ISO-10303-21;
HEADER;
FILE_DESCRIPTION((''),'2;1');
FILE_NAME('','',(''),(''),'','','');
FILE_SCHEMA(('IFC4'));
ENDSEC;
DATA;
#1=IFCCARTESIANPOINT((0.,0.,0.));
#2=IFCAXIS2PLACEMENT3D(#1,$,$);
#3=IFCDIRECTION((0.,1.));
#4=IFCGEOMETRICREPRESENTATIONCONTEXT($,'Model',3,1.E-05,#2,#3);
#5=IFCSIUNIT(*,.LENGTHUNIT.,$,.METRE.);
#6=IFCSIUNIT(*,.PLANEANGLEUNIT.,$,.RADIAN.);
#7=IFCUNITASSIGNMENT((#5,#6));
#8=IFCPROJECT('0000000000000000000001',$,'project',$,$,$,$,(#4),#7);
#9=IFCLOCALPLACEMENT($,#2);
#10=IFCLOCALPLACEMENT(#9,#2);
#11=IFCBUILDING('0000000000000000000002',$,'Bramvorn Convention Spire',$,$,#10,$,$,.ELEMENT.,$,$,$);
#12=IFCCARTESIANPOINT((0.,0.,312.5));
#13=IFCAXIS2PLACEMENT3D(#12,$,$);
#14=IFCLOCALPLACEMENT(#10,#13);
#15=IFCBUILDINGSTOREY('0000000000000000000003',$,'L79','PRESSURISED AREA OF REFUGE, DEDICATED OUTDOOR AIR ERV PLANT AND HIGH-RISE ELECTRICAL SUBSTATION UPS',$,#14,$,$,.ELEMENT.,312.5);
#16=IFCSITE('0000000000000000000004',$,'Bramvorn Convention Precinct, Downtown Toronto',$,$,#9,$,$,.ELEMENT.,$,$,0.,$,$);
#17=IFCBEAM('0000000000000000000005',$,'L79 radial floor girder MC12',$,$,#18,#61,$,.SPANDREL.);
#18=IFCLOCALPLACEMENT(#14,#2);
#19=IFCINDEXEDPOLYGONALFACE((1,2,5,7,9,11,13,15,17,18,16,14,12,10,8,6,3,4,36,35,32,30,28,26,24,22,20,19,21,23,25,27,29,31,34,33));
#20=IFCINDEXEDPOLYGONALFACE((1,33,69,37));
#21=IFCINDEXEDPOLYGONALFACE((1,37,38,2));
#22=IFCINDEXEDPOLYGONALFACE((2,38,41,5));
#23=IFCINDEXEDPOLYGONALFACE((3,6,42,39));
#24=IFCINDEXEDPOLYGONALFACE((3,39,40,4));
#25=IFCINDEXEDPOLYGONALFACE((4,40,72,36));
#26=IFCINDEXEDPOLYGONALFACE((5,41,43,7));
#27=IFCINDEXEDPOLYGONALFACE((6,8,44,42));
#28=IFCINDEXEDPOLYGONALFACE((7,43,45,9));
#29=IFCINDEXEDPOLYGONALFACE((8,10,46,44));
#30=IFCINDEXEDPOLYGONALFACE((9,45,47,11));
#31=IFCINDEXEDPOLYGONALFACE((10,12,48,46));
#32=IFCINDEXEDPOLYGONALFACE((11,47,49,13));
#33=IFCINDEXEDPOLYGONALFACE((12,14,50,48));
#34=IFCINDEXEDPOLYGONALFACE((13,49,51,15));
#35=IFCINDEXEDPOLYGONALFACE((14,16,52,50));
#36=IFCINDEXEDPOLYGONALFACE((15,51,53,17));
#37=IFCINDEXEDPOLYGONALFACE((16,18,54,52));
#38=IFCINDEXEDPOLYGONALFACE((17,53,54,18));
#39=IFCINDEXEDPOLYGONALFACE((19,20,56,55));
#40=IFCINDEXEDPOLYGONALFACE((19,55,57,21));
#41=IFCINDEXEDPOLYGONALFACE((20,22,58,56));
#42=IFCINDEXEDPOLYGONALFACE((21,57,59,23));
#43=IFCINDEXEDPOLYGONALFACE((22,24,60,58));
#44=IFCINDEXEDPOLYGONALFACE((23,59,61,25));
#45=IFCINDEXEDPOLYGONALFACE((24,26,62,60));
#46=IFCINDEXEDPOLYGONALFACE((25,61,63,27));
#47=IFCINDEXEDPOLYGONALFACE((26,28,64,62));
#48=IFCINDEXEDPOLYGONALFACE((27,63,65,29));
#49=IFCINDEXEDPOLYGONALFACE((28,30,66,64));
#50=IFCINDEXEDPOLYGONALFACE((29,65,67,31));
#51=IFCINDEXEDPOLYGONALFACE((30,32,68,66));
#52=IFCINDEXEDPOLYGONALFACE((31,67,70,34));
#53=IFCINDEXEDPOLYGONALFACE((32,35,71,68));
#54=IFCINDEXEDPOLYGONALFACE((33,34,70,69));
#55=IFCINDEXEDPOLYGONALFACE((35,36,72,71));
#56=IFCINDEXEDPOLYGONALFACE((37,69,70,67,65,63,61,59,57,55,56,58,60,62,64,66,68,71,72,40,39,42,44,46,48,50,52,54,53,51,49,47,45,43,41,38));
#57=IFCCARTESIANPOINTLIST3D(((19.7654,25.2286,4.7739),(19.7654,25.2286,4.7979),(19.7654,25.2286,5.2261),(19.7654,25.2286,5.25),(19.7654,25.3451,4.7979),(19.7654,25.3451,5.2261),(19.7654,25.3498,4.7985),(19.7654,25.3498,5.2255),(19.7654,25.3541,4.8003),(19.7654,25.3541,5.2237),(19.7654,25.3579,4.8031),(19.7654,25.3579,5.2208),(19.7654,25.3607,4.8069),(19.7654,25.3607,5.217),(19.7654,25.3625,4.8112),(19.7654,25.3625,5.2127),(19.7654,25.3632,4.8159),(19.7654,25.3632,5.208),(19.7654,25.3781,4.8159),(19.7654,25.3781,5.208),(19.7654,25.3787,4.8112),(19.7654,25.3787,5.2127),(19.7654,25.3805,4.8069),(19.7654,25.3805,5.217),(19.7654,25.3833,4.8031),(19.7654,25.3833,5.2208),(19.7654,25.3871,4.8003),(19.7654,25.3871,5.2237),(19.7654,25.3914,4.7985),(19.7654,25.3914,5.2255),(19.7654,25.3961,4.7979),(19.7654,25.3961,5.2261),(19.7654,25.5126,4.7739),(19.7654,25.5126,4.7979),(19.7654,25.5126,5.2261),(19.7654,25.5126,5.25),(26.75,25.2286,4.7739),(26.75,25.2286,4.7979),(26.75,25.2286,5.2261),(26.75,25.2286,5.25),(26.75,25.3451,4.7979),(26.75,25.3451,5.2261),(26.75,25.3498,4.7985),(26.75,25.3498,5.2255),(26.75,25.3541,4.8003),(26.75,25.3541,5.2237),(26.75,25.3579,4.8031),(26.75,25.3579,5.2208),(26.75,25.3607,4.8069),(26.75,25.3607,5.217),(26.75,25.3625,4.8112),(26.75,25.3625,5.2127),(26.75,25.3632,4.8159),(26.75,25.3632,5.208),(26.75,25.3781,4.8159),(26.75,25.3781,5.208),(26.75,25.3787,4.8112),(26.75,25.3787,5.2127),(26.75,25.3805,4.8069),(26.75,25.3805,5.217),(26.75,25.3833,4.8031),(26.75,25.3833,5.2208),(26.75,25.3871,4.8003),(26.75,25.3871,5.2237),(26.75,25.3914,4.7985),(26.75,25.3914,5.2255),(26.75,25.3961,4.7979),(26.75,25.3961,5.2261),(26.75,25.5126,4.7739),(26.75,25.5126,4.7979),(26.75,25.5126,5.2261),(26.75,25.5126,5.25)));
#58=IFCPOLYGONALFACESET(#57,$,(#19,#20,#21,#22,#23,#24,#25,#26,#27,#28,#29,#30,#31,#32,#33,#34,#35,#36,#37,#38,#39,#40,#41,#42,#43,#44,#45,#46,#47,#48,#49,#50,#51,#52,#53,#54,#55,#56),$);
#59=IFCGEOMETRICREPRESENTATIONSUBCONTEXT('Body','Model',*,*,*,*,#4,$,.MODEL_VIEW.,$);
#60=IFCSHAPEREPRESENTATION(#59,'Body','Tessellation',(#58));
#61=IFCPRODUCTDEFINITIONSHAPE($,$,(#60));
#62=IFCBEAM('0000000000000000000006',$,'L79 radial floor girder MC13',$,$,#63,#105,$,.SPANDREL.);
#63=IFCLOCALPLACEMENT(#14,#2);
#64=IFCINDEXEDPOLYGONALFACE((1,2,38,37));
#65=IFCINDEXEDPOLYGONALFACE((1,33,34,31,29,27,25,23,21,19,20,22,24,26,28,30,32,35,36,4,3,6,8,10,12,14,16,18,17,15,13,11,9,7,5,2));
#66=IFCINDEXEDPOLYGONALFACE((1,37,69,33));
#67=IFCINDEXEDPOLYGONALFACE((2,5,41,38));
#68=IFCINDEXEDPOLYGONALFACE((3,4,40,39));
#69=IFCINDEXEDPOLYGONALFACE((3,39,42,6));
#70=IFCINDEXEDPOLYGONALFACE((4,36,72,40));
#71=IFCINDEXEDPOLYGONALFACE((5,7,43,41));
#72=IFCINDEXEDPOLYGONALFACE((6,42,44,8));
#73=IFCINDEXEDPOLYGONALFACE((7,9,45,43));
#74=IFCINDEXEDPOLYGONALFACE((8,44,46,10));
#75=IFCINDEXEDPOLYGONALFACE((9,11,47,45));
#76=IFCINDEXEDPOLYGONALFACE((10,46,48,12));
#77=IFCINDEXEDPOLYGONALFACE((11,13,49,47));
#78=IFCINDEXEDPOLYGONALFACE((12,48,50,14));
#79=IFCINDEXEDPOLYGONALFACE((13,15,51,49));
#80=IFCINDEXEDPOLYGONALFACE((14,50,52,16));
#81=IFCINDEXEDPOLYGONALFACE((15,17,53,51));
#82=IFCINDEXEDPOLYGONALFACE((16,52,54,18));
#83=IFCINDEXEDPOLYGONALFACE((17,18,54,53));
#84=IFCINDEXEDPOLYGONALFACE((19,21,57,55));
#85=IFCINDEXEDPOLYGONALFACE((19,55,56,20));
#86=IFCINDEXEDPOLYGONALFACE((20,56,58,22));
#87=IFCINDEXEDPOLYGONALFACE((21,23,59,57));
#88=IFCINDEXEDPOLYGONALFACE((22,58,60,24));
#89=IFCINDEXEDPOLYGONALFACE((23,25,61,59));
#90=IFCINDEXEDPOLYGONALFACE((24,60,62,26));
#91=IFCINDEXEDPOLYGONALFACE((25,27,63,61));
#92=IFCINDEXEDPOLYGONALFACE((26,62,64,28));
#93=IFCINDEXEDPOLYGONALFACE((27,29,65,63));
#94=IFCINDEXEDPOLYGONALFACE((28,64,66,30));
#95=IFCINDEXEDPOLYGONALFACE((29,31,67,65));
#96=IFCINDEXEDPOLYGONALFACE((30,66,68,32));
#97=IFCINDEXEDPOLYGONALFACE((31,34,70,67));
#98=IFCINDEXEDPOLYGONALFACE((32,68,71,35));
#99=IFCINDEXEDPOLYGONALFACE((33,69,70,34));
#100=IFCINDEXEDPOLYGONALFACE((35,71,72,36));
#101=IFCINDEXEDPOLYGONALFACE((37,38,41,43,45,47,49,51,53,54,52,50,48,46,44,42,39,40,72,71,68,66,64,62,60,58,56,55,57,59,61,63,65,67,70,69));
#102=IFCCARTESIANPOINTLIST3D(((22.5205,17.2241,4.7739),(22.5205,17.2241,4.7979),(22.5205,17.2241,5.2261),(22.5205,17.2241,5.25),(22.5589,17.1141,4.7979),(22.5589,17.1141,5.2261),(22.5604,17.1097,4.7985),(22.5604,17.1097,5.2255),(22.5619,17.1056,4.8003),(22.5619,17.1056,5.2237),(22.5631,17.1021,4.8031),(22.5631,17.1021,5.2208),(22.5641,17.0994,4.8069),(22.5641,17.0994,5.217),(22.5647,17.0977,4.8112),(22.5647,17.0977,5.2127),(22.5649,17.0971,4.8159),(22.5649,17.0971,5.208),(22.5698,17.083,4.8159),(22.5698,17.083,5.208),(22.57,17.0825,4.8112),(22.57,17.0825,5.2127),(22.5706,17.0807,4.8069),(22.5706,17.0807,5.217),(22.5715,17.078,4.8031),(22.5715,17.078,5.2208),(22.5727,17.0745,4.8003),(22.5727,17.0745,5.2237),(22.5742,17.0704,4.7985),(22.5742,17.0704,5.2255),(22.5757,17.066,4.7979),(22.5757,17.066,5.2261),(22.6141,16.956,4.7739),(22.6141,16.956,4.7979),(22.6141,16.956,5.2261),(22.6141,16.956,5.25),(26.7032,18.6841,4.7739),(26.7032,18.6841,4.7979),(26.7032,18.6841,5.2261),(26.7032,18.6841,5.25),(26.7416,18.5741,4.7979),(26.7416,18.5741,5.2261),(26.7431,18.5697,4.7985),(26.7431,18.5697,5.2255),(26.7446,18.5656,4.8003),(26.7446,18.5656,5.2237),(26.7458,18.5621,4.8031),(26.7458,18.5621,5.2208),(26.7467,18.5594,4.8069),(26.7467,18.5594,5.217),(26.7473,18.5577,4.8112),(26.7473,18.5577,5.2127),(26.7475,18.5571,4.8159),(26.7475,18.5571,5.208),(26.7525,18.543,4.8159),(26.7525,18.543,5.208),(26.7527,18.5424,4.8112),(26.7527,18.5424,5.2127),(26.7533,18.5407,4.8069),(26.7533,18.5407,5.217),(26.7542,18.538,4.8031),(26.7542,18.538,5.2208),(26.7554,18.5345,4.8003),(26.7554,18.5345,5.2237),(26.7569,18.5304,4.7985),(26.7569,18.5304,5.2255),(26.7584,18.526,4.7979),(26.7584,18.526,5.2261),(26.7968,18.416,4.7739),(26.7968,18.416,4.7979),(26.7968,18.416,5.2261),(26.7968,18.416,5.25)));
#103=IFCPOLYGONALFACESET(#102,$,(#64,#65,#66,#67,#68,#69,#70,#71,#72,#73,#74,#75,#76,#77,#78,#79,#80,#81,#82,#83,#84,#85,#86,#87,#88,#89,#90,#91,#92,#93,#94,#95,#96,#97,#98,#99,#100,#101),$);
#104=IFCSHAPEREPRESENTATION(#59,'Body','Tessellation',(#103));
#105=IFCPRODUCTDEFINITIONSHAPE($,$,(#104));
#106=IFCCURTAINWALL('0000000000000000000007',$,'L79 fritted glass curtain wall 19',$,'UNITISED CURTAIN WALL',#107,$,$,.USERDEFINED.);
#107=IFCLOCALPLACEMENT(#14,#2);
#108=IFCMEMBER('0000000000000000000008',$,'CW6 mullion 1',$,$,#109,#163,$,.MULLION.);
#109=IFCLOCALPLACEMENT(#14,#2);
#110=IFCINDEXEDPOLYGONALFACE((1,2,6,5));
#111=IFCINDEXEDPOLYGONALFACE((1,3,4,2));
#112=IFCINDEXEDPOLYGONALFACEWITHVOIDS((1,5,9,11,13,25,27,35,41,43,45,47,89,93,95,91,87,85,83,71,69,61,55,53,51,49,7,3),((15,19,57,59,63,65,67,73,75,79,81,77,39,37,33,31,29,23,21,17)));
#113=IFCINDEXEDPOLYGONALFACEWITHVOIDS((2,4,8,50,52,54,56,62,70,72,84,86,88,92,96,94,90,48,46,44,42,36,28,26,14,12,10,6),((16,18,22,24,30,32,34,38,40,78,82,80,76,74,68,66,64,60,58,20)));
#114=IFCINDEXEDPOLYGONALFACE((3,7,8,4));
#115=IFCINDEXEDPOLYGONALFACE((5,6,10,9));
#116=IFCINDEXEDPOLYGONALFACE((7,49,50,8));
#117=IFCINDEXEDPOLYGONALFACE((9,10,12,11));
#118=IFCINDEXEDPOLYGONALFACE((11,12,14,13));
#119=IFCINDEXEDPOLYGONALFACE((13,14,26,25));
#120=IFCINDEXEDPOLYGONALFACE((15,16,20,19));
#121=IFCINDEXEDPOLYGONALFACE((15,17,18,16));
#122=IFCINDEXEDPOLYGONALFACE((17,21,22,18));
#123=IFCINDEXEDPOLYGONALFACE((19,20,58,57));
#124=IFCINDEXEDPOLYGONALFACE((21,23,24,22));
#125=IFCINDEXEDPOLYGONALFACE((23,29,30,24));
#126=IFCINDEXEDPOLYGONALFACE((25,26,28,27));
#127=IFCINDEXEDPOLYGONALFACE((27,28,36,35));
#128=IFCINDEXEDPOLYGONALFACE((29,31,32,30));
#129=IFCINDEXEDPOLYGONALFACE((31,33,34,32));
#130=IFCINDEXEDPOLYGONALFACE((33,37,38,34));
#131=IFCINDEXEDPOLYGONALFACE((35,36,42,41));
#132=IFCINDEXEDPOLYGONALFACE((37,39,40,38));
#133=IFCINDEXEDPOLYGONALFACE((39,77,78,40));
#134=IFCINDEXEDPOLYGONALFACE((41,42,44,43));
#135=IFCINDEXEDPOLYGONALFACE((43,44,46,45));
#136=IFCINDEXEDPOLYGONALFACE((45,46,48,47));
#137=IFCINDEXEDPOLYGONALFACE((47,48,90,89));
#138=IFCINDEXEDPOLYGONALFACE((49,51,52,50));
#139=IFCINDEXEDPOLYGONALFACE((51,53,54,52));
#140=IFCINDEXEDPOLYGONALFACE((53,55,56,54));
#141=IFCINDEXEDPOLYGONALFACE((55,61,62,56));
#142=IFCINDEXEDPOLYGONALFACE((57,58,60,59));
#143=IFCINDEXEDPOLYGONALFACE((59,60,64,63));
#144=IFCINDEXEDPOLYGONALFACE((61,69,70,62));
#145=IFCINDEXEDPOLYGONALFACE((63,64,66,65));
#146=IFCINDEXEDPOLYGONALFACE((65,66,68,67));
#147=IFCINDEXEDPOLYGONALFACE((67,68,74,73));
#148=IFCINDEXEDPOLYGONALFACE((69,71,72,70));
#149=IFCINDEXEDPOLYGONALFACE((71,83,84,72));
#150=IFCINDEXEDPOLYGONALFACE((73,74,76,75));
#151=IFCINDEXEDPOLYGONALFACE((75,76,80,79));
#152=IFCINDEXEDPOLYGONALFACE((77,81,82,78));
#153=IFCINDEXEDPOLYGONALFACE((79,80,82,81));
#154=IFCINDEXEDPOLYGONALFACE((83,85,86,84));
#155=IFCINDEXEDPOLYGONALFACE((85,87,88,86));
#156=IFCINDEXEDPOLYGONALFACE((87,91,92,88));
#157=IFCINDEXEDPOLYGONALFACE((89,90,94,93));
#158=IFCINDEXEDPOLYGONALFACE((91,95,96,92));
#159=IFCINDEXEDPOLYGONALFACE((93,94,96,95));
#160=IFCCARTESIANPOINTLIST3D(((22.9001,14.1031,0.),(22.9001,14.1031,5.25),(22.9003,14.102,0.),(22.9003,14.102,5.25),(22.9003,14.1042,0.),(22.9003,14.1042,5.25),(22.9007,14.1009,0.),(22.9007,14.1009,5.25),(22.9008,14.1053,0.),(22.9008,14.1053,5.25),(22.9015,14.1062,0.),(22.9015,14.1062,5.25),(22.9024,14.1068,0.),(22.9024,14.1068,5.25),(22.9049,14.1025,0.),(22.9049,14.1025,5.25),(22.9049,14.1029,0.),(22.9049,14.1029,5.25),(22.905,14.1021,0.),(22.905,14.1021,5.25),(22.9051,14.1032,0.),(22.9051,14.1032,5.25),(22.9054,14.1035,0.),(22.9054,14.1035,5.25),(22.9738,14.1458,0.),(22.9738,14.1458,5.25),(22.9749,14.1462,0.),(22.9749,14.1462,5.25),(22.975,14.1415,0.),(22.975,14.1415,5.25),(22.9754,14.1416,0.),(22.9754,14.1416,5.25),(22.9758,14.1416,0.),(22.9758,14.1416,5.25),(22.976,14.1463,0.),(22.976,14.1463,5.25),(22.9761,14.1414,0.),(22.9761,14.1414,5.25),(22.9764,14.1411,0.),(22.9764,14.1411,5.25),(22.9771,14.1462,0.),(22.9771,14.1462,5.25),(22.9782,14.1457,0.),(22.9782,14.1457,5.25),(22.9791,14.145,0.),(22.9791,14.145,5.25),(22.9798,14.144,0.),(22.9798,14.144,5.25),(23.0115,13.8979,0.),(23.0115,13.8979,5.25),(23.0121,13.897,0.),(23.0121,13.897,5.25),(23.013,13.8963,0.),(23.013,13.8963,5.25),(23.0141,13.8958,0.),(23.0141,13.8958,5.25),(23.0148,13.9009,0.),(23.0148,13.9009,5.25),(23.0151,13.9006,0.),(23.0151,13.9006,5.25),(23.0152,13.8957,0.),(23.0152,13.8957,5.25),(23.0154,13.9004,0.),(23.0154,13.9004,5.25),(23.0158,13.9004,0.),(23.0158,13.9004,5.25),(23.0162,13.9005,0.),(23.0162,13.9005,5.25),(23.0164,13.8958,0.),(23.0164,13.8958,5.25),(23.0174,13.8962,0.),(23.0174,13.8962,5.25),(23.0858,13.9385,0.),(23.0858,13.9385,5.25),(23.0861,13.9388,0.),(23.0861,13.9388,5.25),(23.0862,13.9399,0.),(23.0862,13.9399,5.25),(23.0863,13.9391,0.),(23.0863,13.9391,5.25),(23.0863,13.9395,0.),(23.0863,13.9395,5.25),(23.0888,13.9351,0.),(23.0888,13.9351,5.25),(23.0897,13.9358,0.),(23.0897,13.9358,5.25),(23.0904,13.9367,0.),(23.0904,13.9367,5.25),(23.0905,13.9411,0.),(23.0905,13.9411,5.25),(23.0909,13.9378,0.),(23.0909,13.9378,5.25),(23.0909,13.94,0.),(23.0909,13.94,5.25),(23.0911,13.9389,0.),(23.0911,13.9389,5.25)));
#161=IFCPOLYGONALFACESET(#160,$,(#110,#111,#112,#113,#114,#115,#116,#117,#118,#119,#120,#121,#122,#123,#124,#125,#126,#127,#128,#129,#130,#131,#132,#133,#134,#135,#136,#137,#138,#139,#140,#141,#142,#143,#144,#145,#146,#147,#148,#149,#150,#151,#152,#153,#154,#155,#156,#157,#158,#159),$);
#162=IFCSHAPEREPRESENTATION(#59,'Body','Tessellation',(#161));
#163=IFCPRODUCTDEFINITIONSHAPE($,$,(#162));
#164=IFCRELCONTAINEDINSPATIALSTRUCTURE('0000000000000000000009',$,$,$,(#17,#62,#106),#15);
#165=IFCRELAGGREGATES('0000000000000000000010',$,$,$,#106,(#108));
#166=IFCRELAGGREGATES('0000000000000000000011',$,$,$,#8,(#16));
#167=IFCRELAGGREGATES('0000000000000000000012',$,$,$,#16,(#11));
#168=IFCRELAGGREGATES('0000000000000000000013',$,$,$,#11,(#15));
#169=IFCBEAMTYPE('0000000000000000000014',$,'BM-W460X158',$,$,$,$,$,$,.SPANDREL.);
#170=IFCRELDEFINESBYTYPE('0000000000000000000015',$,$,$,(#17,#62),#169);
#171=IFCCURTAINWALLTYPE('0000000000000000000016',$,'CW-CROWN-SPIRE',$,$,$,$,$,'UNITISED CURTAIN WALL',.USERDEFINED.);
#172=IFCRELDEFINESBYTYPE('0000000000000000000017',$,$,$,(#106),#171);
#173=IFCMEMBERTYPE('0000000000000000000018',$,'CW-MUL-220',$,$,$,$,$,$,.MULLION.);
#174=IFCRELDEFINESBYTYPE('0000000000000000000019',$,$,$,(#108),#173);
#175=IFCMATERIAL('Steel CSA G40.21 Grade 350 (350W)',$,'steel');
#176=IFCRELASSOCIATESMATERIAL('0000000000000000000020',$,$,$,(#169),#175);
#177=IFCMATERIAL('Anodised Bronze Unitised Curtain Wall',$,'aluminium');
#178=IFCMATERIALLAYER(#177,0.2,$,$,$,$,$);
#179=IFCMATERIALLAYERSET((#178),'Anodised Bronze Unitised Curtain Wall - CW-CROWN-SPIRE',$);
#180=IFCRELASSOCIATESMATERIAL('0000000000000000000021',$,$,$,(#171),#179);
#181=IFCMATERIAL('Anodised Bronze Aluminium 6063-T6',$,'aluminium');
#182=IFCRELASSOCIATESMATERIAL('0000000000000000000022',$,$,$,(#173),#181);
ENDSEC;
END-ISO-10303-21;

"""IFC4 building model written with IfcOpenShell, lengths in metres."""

from ifc_helpers import new_model, si_unit, direction, frame, origin, origin_2d, place, context, subcontext, project, spatial, hollow_rectangle, i_section, extrude, material, layer, layer_set, material_profile, profile_set, type_object, element, aggregate, save


model = new_model("IFC4")

# Units and contexts
model_context = context("Model", 3, precision=1e-05, world=origin(), true_north=direction((0.0, 1.0)))
body_context = subcontext(model_context, "Body", "Model", "MODEL_VIEW")
ifc_project = project(units=[si_unit("LENGTHUNIT", "METRE"), si_unit("PLANEANGLEUNIT", "RADIAN")], contexts=[model_context])

# Site, building, storey
site_placement = place(None, origin())
site = spatial("IfcSite", under=ifc_project, at=site_placement, Name="Bramvorn Convention Precinct, Downtown Toronto", CompositionType="ELEMENT", RefElevation=0.0)
building_placement = place(site_placement, origin())
building = spatial("IfcBuilding", under=site, at=building_placement, Name="Bramvorn Convention Spire", CompositionType="ELEMENT")
storey_placement = place(building_placement, frame((0.0, 0.0, 312.5)))
storey = spatial("IfcBuildingStorey", under=building, at=storey_placement, Name="L79", Description="PRESSURISED AREA OF REFUGE, DEDICATED OUTDOOR AIR ERV PLANT AND HIGH-RISE ELECTRICAL SUBSTATION UPS", CompositionType="ELEMENT", Elevation=312.5)

# Shared definitions
ifc_material_1 = material(Name="Steel CSA G40.21 Grade 350 (350W)", Category="steel")

# Beams
ifc_material_profile_1 = material_profile(ifc_material_1, i_section(OverallWidth=0.2839, OverallDepth=0.4761, WebThickness=0.0149, FlangeThickness=0.0239, FilletRadius=0.0181, at=origin_2d()))
ifc_profile_set_1 = profile_set([ifc_material_profile_1], Name="Steel CSA G40.21 Grade 350 (350W) - W460X158")
beam_type_1 = type_object("IfcBeamType", Name="BM-W460X158", PredefinedType="SPANDREL", material=ifc_profile_set_1)
beam_1_placement = place(storey_placement, frame((26.75, 25.3706, 5.012), z_axis=(-1.0, 0.0, 0.0), x_axis=(0.0, -1.0, 0.0)))
element("IfcBeam", 1, at=beam_1_placement, inside=storey, type_object=beam_type_1, Name="L79 radial floor girder MC12", PredefinedType="SPANDREL", context=body_context, shape_type="SweptSolid", body=[
    extrude(i_section(OverallWidth=0.2839, OverallDepth=0.4761, WebThickness=0.0149, FlangeThickness=0.0239, FilletRadius=0.0181, at=origin_2d()), origin(), (0.0, 0.0, 1.0), 6.9846),
])
beam_2_placement = place(storey_placement, frame((26.75, 18.55, 5.012), z_axis=(-0.944136, -0.329555, 0.0), x_axis=(0.329555, -0.944136, 0.0)))
element("IfcBeam", 2, at=beam_2_placement, inside=storey, type_object=beam_type_1, Name="L79 radial floor girder MC13", PredefinedType="SPANDREL", context=body_context, shape_type="SweptSolid", body=[
    extrude(i_section(OverallWidth=0.2839, OverallDepth=0.4761, WebThickness=0.0149, FlangeThickness=0.0239, FilletRadius=0.0181, at=origin_2d()), origin(), (0.0, 0.0, 1.0), 4.4302),
])

# Curtain wall, member
ifc_material_2 = material(Name="Anodised Bronze Unitised Curtain Wall", Category="aluminium")
ifc_layer_1 = layer(ifc_material_2, 0.2)
ifc_layer_set_1 = layer_set([ifc_layer_1], Name="Anodised Bronze Unitised Curtain Wall - CW-CROWN-SPIRE")
curtain_wall_type = type_object("IfcCurtainWallType", Name="CW-CROWN-SPIRE", ElementType="UNITISED CURTAIN WALL", PredefinedType="USERDEFINED", material=ifc_layer_set_1)
curtain_wall_1_placement = place(storey_placement, origin())
curtain_wall_1 = element("IfcCurtainWall", 3, at=curtain_wall_1_placement, inside=storey, type_object=curtain_wall_type, Name="L79 fritted glass curtain wall 19", ObjectType="UNITISED CURTAIN WALL", PredefinedType="USERDEFINED")
ifc_material_3 = material(Name="Anodised Bronze Aluminium 6063-T6", Category="aluminium")
ifc_material_profile_2 = material_profile(ifc_material_3, hollow_rectangle(XDim=0.0901, YDim=0.24, WallThickness=0.0044, InnerFilletRadius=0.001, OuterFilletRadius=0.0044, at=origin_2d()))
ifc_profile_set_2 = profile_set([ifc_material_profile_2], Name="Anodised Bronze Aluminium 6063-T6 - CWM90X240")
member_type_1 = type_object("IfcMemberType", Name="CW-MUL-220", PredefinedType="MULLION", material=ifc_profile_set_2)
member_1_placement = place(storey_placement, frame((22.9956, 14.021, 0.0), z_axis=(0.0, 0.0, 1.0), x_axis=(-0.877739, -0.479139, 0.0)))
member_1 = element("IfcMember", 4, at=member_1_placement, type_object=member_type_1, Name="CW6 mullion 1", PredefinedType="MULLION", context=body_context, shape_type="SweptSolid", body=[
    extrude(hollow_rectangle(XDim=0.0901, YDim=0.24, WallThickness=0.0044, InnerFilletRadius=0.001, OuterFilletRadius=0.0044, at=origin_2d()), origin(), (0.0, 0.0, 1.0), 5.25),
])
aggregate(curtain_wall_1, [member_1])

save(model, "model.ifc")
